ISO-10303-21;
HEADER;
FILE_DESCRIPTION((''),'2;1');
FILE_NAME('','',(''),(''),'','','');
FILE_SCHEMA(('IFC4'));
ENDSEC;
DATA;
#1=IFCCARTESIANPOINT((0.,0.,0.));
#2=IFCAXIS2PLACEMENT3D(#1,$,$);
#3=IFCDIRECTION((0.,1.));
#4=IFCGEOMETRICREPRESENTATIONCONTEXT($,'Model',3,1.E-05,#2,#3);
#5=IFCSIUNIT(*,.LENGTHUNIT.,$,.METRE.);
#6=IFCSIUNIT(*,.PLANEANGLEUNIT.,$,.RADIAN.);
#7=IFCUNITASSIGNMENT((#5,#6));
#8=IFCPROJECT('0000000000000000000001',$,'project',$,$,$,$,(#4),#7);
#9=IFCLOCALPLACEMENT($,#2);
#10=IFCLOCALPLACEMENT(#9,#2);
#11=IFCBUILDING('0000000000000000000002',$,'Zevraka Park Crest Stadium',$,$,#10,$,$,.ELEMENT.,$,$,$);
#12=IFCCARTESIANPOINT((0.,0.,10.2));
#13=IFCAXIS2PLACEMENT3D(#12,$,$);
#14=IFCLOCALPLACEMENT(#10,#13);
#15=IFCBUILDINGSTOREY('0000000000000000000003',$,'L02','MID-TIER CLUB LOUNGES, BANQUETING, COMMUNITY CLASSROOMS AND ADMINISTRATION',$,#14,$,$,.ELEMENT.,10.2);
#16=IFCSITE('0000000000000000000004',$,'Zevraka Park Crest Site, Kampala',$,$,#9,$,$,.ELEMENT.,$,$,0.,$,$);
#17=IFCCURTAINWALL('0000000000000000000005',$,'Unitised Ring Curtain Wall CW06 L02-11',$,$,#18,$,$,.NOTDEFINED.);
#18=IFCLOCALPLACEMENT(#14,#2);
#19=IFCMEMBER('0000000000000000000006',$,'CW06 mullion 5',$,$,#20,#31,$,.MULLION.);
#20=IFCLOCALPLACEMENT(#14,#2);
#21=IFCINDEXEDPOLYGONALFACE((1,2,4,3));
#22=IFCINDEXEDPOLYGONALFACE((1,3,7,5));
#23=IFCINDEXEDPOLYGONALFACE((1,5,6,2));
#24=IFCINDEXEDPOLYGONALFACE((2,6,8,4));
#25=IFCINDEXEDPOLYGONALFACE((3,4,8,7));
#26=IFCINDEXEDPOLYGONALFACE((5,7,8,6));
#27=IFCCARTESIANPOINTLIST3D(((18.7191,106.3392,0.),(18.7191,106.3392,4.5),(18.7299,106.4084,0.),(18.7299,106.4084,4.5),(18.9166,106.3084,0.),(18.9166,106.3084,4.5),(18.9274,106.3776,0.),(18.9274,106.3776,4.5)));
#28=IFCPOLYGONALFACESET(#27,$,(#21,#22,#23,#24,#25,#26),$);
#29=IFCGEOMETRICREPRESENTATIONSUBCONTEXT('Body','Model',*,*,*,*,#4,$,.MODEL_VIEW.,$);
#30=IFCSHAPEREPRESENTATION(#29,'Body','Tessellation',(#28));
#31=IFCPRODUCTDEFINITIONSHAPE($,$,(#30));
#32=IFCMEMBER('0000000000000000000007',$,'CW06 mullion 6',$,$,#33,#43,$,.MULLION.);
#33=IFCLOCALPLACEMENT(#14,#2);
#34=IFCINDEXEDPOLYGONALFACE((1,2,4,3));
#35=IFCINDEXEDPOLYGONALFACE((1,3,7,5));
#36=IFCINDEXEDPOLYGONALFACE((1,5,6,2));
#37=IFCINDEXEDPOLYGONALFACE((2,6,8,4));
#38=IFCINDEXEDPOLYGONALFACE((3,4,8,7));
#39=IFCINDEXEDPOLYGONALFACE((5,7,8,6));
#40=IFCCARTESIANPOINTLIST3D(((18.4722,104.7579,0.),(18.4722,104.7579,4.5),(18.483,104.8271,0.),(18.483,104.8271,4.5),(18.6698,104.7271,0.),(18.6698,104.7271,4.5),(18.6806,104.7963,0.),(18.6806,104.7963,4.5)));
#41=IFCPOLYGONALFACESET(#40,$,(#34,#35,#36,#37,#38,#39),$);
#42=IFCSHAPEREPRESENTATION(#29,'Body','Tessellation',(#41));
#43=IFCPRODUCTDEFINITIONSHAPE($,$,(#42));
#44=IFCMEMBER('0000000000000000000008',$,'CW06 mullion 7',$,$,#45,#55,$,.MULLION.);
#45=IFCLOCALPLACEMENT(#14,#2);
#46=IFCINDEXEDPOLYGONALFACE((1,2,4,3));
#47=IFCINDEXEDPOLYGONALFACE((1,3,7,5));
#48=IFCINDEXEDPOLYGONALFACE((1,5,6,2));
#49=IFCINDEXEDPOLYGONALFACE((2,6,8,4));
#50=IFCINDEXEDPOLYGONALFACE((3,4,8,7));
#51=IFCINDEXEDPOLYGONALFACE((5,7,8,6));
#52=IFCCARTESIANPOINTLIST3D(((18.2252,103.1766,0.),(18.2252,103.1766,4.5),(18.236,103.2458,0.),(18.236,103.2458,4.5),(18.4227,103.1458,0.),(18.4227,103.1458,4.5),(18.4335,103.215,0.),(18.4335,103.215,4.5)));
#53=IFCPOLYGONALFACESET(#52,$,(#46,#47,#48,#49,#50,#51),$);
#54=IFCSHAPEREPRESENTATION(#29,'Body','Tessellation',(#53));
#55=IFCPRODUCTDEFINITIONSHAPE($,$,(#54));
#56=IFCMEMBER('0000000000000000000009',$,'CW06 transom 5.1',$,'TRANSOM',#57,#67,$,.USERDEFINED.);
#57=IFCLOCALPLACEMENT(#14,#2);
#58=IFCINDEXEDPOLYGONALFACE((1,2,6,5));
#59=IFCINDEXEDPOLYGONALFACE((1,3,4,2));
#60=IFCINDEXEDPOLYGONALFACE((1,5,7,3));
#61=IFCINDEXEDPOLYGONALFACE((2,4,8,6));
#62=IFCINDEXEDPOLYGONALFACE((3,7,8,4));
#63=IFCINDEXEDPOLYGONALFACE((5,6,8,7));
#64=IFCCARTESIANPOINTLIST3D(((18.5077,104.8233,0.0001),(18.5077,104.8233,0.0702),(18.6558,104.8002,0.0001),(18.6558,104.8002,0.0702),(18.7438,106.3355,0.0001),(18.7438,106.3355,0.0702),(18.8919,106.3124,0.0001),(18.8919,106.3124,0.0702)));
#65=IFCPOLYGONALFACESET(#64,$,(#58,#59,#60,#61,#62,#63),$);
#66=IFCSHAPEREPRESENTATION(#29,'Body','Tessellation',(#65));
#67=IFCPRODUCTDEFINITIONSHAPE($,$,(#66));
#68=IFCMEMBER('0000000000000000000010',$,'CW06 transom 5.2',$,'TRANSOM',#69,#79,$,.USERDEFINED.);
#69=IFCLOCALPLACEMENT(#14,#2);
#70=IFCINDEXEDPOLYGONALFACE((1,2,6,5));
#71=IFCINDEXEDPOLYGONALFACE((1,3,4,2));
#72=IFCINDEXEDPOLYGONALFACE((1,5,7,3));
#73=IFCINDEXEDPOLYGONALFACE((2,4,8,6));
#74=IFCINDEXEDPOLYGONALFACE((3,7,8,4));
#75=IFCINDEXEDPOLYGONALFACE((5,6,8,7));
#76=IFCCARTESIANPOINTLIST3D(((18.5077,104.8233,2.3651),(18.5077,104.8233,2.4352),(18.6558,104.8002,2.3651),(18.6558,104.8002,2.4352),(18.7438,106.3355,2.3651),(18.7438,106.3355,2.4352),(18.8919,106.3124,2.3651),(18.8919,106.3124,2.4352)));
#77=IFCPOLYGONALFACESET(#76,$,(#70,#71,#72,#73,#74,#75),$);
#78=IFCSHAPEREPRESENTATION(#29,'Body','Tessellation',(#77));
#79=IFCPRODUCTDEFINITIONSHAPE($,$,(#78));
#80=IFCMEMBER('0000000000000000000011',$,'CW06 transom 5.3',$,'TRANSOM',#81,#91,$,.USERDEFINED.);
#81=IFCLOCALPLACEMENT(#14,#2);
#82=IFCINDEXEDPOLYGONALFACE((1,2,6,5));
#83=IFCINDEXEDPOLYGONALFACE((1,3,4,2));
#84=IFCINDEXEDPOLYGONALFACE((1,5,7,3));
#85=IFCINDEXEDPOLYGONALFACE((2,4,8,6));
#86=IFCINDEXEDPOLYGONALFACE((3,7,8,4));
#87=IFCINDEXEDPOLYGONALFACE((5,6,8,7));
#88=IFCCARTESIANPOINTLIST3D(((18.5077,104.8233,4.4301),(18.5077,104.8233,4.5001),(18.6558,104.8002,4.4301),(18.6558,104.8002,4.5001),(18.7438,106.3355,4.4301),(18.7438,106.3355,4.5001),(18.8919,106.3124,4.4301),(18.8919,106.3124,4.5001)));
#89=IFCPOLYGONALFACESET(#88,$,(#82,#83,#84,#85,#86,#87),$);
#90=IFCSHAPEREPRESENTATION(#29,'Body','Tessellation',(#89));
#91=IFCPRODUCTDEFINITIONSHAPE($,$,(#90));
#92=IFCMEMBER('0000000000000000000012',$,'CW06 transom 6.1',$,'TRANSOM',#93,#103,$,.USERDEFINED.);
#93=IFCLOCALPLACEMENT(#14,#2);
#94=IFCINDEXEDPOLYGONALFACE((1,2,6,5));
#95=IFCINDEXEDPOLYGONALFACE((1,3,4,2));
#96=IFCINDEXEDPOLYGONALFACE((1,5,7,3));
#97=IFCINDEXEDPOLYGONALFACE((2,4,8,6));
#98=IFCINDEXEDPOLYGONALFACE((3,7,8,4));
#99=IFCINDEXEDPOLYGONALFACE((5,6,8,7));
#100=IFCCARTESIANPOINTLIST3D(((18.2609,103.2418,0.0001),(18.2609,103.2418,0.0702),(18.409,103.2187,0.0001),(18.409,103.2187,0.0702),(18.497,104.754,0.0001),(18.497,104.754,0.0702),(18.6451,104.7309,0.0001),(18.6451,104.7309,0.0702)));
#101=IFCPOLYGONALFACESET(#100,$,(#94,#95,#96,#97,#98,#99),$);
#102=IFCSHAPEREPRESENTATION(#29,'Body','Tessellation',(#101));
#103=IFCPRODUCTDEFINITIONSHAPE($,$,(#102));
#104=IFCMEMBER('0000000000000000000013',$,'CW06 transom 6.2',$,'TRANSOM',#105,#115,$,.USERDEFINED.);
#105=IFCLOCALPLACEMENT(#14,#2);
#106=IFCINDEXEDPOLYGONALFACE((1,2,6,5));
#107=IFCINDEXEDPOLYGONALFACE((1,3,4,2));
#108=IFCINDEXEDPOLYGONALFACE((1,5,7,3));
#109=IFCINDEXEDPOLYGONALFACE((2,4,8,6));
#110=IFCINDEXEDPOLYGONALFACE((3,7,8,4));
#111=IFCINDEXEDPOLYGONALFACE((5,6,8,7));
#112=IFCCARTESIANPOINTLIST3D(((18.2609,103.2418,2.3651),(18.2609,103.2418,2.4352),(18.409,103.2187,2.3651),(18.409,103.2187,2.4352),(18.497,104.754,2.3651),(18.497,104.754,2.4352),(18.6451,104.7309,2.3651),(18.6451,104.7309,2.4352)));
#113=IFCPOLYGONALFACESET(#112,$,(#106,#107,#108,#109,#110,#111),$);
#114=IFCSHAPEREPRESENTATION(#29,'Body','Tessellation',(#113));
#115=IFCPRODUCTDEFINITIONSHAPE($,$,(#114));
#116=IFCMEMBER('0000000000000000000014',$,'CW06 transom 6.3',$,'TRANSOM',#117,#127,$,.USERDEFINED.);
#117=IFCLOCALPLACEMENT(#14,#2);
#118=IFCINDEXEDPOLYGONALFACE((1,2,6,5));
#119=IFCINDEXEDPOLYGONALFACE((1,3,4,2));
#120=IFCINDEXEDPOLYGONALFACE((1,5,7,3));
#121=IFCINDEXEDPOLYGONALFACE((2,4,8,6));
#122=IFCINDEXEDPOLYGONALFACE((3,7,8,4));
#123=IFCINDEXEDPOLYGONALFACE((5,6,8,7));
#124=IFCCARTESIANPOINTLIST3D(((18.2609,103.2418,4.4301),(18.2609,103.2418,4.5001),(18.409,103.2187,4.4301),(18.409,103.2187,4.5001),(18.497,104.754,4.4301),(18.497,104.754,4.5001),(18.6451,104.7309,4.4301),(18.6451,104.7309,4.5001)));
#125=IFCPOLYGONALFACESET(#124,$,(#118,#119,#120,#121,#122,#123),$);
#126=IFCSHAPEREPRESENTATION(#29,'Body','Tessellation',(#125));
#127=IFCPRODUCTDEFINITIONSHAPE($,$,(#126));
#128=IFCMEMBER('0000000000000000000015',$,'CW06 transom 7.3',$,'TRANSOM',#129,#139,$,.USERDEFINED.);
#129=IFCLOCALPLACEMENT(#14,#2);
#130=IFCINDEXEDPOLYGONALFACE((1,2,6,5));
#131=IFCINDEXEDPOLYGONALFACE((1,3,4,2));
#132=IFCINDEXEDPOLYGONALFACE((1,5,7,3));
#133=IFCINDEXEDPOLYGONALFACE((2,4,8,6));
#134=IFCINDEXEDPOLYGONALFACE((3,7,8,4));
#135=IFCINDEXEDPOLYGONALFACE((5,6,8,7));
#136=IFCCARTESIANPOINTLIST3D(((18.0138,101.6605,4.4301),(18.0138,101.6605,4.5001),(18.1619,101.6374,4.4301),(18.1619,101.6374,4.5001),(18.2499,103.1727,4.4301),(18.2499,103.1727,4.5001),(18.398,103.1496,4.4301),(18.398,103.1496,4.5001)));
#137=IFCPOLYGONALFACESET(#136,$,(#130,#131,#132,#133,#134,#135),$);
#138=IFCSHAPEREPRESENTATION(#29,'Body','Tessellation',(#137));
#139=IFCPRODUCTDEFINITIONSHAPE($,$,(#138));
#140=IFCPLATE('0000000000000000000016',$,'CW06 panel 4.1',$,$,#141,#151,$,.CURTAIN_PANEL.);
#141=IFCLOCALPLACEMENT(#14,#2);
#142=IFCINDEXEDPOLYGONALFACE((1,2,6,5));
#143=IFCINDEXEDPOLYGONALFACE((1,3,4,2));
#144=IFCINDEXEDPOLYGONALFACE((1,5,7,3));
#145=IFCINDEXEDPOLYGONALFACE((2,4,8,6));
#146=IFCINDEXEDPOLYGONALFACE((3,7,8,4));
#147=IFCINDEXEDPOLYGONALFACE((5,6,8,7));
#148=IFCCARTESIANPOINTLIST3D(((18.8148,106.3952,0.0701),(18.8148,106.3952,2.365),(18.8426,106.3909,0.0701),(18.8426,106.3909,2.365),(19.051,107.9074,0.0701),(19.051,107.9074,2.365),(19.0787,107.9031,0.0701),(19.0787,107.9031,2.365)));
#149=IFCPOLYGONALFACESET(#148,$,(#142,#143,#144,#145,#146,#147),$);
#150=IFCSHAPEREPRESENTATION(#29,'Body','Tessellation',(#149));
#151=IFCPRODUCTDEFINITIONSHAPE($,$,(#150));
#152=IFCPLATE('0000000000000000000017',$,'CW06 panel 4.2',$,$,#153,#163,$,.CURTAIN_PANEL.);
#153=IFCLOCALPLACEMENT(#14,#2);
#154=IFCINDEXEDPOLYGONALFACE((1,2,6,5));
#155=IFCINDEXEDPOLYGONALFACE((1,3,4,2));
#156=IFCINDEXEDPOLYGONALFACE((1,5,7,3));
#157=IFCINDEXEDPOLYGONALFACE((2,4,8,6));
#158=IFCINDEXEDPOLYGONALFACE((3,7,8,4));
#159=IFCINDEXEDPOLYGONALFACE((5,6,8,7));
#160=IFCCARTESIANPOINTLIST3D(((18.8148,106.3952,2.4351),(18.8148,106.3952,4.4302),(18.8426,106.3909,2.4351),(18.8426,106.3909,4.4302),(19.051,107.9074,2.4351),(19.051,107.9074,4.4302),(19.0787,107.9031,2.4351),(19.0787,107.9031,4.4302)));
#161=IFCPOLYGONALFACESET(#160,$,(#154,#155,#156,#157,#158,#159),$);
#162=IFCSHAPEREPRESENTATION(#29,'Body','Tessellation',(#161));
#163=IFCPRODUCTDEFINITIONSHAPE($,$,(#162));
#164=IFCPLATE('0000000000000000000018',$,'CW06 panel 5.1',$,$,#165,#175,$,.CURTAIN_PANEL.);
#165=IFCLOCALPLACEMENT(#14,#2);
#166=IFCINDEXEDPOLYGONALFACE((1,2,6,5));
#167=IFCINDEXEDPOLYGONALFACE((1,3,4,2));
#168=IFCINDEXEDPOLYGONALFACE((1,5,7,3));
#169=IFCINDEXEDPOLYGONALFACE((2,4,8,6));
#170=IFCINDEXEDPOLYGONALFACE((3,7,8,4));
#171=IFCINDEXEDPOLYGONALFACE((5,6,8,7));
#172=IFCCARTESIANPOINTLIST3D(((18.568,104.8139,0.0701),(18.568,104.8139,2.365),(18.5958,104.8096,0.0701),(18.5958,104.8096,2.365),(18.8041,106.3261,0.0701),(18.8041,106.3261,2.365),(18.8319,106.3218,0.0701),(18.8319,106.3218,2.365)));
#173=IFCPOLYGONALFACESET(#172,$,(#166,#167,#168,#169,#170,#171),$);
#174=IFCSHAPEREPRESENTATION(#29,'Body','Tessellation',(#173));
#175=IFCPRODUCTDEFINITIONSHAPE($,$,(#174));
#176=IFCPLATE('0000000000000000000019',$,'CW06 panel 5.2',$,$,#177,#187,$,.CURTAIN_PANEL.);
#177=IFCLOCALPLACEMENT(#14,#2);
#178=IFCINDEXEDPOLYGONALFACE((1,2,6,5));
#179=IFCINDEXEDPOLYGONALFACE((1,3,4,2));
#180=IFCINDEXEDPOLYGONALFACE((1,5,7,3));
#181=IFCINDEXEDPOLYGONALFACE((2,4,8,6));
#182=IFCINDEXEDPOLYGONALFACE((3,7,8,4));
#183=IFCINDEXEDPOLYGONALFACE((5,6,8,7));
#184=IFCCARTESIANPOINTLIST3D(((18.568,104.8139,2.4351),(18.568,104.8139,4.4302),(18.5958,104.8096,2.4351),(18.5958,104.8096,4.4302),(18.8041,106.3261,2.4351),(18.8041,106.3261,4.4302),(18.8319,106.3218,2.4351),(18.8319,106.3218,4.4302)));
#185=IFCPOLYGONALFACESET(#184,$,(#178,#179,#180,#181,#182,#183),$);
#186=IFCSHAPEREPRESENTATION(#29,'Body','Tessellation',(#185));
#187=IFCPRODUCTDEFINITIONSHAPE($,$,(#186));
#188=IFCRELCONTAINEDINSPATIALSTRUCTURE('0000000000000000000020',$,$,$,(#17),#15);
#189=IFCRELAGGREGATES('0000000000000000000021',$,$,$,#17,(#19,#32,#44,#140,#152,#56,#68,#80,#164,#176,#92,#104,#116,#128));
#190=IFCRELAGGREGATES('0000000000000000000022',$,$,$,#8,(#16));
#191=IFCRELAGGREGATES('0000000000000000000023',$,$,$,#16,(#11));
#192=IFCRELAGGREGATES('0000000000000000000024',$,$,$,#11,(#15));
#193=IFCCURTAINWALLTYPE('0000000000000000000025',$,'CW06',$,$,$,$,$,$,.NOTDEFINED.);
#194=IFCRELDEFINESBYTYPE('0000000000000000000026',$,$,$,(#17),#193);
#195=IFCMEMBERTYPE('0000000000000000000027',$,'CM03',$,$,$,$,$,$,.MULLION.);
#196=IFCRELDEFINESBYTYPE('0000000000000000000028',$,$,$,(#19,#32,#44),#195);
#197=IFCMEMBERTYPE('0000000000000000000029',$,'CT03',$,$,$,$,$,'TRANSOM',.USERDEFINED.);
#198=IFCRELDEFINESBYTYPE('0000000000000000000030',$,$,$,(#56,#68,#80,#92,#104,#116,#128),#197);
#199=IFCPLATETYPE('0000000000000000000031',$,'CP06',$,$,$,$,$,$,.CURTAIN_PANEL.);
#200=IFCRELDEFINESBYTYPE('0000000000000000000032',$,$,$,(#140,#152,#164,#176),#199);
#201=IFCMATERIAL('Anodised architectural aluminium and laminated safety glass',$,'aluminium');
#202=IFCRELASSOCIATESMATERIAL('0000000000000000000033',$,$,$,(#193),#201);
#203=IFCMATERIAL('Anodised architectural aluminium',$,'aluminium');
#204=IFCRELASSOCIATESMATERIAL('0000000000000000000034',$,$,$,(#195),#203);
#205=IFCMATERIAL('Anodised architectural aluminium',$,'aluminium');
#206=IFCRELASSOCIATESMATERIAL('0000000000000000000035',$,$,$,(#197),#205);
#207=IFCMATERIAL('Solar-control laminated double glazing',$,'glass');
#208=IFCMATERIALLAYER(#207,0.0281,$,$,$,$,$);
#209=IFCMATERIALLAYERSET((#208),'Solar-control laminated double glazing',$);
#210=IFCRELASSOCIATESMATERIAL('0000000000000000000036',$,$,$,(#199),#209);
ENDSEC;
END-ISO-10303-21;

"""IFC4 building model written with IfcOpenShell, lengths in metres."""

from ifc_helpers import new_model, si_unit, direction, frame, origin, origin_2d, place, context, subcontext, project, spatial, rectangle, extrude, material, layer, layer_set, material_profile, profile_set, type_object, element, aggregate, save


model = new_model("IFC4")

# Units and contexts
model_context = context("Model", 3, precision=1e-05, world=origin(), true_north=direction((0.0, 1.0)))
body_context = subcontext(model_context, "Body", "Model", "MODEL_VIEW")
ifc_project = project(units=[si_unit("LENGTHUNIT", "METRE"), si_unit("PLANEANGLEUNIT", "RADIAN")], contexts=[model_context])

# Site, building, storey
site_placement = place(None, origin())
site = spatial("IfcSite", under=ifc_project, at=site_placement, Name="Zevraka Park Crest Site, Kampala", CompositionType="ELEMENT", RefElevation=0.0)
building_placement = place(site_placement, origin())
building = spatial("IfcBuilding", under=site, at=building_placement, Name="Zevraka Park Crest Stadium", CompositionType="ELEMENT")
storey_placement = place(building_placement, frame((0.0, 0.0, 10.2)))
storey = spatial("IfcBuildingStorey", under=building, at=storey_placement, Name="L02", Description="MID-TIER CLUB LOUNGES, BANQUETING, COMMUNITY CLASSROOMS AND ADMINISTRATION", CompositionType="ELEMENT", Elevation=10.2)

# Curtain wall, members, plates
ifc_material_1 = material(Name="Anodised architectural aluminium and laminated safety glass", Category="aluminium")
curtain_wall_type = type_object("IfcCurtainWallType", Name="CW06", PredefinedType="NOTDEFINED", material=ifc_material_1)
curtain_wall_placement = place(storey_placement, origin())
curtain_wall = element("IfcCurtainWall", 1, at=curtain_wall_placement, inside=storey, type_object=curtain_wall_type, Name="Unitised Ring Curtain Wall CW06 L02-11", PredefinedType="NOTDEFINED")
ifc_material_2 = material(Name="Anodised architectural aluminium", Category="aluminium")
ifc_material_profile_1 = material_profile(ifc_material_2, rectangle(XDim=0.2, YDim=0.0701, at=origin_2d()), Name="ALU MULLION 200x70")
ifc_profile_set_1 = profile_set([ifc_material_profile_1], Name="Anodised architectural aluminium")
member_type_1 = type_object("IfcMemberType", Name="CM03", PredefinedType="MULLION", material=ifc_profile_set_1)
member_1_placement = place(storey_placement, frame((18.8232, 106.3584, 0.0), z_axis=(0.0, 0.0, 1.0), x_axis=(0.988028, -0.154274, 0.0)))
member_1 = element("IfcMember", 2, at=member_1_placement, type_object=member_type_1, Name="CW06 mullion 5", PredefinedType="MULLION", context=body_context, shape_type="SweptSolid", body=[
    extrude(rectangle(XDim=0.2, YDim=0.0701, at=origin_2d()), origin(), (0.0, 0.0, 1.0), 4.5),
])
member_2_placement = place(storey_placement, frame((18.5764, 104.7771, 0.0), z_axis=(0.0, 0.0, 1.0), x_axis=(0.988028, -0.154274, 0.0)))
member_2 = element("IfcMember", 3, at=member_2_placement, type_object=member_type_1, Name="CW06 mullion 6", PredefinedType="MULLION", context=body_context, shape_type="SweptSolid", body=[
    extrude(rectangle(XDim=0.2, YDim=0.0701, at=origin_2d()), origin(), (0.0, 0.0, 1.0), 4.5),
])
member_3_placement = place(storey_placement, frame((18.3293, 103.1958, 0.0), z_axis=(0.0, 0.0, 1.0), x_axis=(0.988028, -0.154274, 0.0)))
member_3 = element("IfcMember", 4, at=member_3_placement, type_object=member_type_1, Name="CW06 mullion 7", PredefinedType="MULLION", context=body_context, shape_type="SweptSolid", body=[
    extrude(rectangle(XDim=0.2, YDim=0.0701, at=origin_2d()), origin(), (0.0, 0.0, 1.0), 4.5),
])
ifc_material_3 = material(Name="Anodised architectural aluminium", Category="aluminium")
ifc_material_profile_2 = material_profile(ifc_material_3, rectangle(XDim=0.1499, YDim=0.0701, at=origin_2d()), Name="ALU TRANSOM 150x70")
ifc_profile_set_2 = profile_set([ifc_material_profile_2], Name="Anodised architectural aluminium")
member_type_2 = type_object("IfcMemberType", Name="CT03", ElementType="TRANSOM", PredefinedType="USERDEFINED", material=ifc_profile_set_2)
member_4_placement = place(storey_placement, frame((18.8179, 106.324, 0.0352), z_axis=(-0.15425, -0.988032, 0.0), x_axis=(0.988032, -0.15425, 0.0)))
member_4 = element("IfcMember", 5, at=member_4_placement, type_object=member_type_2, Name="CW06 transom 5.1", ObjectType="TRANSOM", PredefinedType="USERDEFINED", context=body_context, shape_type="SweptSolid", body=[
    extrude(rectangle(XDim=0.1499, YDim=0.0701, at=origin_2d()), origin(), (0.0, 0.0, 1.0), 1.5305),
])
member_5_placement = place(storey_placement, frame((18.8179, 106.324, 2.4001), z_axis=(-0.15425, -0.988032, 0.0), x_axis=(0.988032, -0.15425, 0.0)))
member_5 = element("IfcMember", 6, at=member_5_placement, type_object=member_type_2, Name="CW06 transom 5.2", ObjectType="TRANSOM", PredefinedType="USERDEFINED", context=body_context, shape_type="SweptSolid", body=[
    extrude(rectangle(XDim=0.1499, YDim=0.0701, at=origin_2d()), origin(), (0.0, 0.0, 1.0), 1.5305),
])
member_6_placement = place(storey_placement, frame((18.8179, 106.324, 4.4651), z_axis=(-0.15425, -0.988032, 0.0), x_axis=(0.988032, -0.15425, 0.0)))
member_6 = element("IfcMember", 7, at=member_6_placement, type_object=member_type_2, Name="CW06 transom 5.3", ObjectType="TRANSOM", PredefinedType="USERDEFINED", context=body_context, shape_type="SweptSolid", body=[
    extrude(rectangle(XDim=0.1499, YDim=0.0701, at=origin_2d()), origin(), (0.0, 0.0, 1.0), 1.5305),
])
member_7_placement = place(storey_placement, frame((18.571, 104.7424, 0.0352), z_axis=(-0.15425, -0.988032, 0.0), x_axis=(0.988032, -0.15425, 0.0)))
member_7 = element("IfcMember", 8, at=member_7_placement, type_object=member_type_2, Name="CW06 transom 6.1", ObjectType="TRANSOM", PredefinedType="USERDEFINED", context=body_context, shape_type="SweptSolid", body=[
    extrude(rectangle(XDim=0.1499, YDim=0.0701, at=origin_2d()), origin(), (0.0, 0.0, 1.0), 1.5305),
])
member_8_placement = place(storey_placement, frame((18.571, 104.7424, 2.4001), z_axis=(-0.15425, -0.988032, 0.0), x_axis=(0.988032, -0.15425, 0.0)))
member_8 = element("IfcMember", 9, at=member_8_placement, type_object=member_type_2, Name="CW06 transom 6.2", ObjectType="TRANSOM", PredefinedType="USERDEFINED", context=body_context, shape_type="SweptSolid", body=[
    extrude(rectangle(XDim=0.1499, YDim=0.0701, at=origin_2d()), origin(), (0.0, 0.0, 1.0), 1.5305),
])
member_9_placement = place(storey_placement, frame((18.571, 104.7424, 4.4651), z_axis=(-0.15425, -0.988032, 0.0), x_axis=(0.988032, -0.15425, 0.0)))
member_9 = element("IfcMember", 10, at=member_9_placement, type_object=member_type_2, Name="CW06 transom 6.3", ObjectType="TRANSOM", PredefinedType="USERDEFINED", context=body_context, shape_type="SweptSolid", body=[
    extrude(rectangle(XDim=0.1499, YDim=0.0701, at=origin_2d()), origin(), (0.0, 0.0, 1.0), 1.5305),
])
member_10_placement = place(storey_placement, frame((18.324, 103.1611, 4.4651), z_axis=(-0.15425, -0.988032, 0.0), x_axis=(0.988032, -0.15425, 0.0)))
member_10 = element("IfcMember", 11, at=member_10_placement, type_object=member_type_2, Name="CW06 transom 7.3", ObjectType="TRANSOM", PredefinedType="USERDEFINED", context=body_context, shape_type="SweptSolid", body=[
    extrude(rectangle(XDim=0.1499, YDim=0.0701, at=origin_2d()), origin(), (0.0, 0.0, 1.0), 1.5305),
])
ifc_material_4 = material(Name="Solar-control laminated double glazing", Category="glass")
ifc_layer_1 = layer(ifc_material_4, 0.0281)
ifc_layer_set_1 = layer_set([ifc_layer_1], Name="Solar-control laminated double glazing")
plate_type = type_object("IfcPlateType", Name="CP06", PredefinedType="CURTAIN_PANEL", material=ifc_layer_set_1)
plate_1_placement = place(storey_placement, frame((18.9468, 107.1492, 0.0701), z_axis=(0.0, 0.0, 1.0), x_axis=(-0.154274, -0.988028, 0.0)))
plate_1 = element("IfcPlate", 12, at=plate_1_placement, type_object=plate_type, Name="CW06 panel 4.1", PredefinedType="CURTAIN_PANEL", context=body_context, shape_type="SweptSolid", body=[
    extrude(rectangle(XDim=1.5305, YDim=0.0281, at=origin_2d()), origin(), (0.0, 0.0, 1.0), 2.2949),
])
plate_2_placement = place(storey_placement, frame((18.9468, 107.1492, 2.4351), z_axis=(0.0, 0.0, 1.0), x_axis=(-0.154274, -0.988028, 0.0)))
plate_2 = element("IfcPlate", 13, at=plate_2_placement, type_object=plate_type, Name="CW06 panel 4.2", PredefinedType="CURTAIN_PANEL", context=body_context, shape_type="SweptSolid", body=[
    extrude(rectangle(XDim=1.5305, YDim=0.0281, at=origin_2d()), origin(), (0.0, 0.0, 1.0), 1.9951),
])
plate_3_placement = place(storey_placement, frame((18.7, 105.5679, 0.0701), z_axis=(0.0, 0.0, 1.0), x_axis=(-0.154274, -0.988028, 0.0)))
plate_3 = element("IfcPlate", 14, at=plate_3_placement, type_object=plate_type, Name="CW06 panel 5.1", PredefinedType="CURTAIN_PANEL", context=body_context, shape_type="SweptSolid", body=[
    extrude(rectangle(XDim=1.5305, YDim=0.0281, at=origin_2d()), origin(), (0.0, 0.0, 1.0), 2.2949),
])
plate_4_placement = place(storey_placement, frame((18.7, 105.5679, 2.4351), z_axis=(0.0, 0.0, 1.0), x_axis=(-0.154274, -0.988028, 0.0)))
plate_4 = element("IfcPlate", 15, at=plate_4_placement, type_object=plate_type, Name="CW06 panel 5.2", PredefinedType="CURTAIN_PANEL", context=body_context, shape_type="SweptSolid", body=[
    extrude(rectangle(XDim=1.5305, YDim=0.0281, at=origin_2d()), origin(), (0.0, 0.0, 1.0), 1.9951),
])
aggregate(curtain_wall, [member_1, member_2, member_3, plate_1, plate_2, member_4, member_5, member_6, plate_3, plate_4, member_7, member_8, member_9, member_10])

save(model, "model.ifc")
